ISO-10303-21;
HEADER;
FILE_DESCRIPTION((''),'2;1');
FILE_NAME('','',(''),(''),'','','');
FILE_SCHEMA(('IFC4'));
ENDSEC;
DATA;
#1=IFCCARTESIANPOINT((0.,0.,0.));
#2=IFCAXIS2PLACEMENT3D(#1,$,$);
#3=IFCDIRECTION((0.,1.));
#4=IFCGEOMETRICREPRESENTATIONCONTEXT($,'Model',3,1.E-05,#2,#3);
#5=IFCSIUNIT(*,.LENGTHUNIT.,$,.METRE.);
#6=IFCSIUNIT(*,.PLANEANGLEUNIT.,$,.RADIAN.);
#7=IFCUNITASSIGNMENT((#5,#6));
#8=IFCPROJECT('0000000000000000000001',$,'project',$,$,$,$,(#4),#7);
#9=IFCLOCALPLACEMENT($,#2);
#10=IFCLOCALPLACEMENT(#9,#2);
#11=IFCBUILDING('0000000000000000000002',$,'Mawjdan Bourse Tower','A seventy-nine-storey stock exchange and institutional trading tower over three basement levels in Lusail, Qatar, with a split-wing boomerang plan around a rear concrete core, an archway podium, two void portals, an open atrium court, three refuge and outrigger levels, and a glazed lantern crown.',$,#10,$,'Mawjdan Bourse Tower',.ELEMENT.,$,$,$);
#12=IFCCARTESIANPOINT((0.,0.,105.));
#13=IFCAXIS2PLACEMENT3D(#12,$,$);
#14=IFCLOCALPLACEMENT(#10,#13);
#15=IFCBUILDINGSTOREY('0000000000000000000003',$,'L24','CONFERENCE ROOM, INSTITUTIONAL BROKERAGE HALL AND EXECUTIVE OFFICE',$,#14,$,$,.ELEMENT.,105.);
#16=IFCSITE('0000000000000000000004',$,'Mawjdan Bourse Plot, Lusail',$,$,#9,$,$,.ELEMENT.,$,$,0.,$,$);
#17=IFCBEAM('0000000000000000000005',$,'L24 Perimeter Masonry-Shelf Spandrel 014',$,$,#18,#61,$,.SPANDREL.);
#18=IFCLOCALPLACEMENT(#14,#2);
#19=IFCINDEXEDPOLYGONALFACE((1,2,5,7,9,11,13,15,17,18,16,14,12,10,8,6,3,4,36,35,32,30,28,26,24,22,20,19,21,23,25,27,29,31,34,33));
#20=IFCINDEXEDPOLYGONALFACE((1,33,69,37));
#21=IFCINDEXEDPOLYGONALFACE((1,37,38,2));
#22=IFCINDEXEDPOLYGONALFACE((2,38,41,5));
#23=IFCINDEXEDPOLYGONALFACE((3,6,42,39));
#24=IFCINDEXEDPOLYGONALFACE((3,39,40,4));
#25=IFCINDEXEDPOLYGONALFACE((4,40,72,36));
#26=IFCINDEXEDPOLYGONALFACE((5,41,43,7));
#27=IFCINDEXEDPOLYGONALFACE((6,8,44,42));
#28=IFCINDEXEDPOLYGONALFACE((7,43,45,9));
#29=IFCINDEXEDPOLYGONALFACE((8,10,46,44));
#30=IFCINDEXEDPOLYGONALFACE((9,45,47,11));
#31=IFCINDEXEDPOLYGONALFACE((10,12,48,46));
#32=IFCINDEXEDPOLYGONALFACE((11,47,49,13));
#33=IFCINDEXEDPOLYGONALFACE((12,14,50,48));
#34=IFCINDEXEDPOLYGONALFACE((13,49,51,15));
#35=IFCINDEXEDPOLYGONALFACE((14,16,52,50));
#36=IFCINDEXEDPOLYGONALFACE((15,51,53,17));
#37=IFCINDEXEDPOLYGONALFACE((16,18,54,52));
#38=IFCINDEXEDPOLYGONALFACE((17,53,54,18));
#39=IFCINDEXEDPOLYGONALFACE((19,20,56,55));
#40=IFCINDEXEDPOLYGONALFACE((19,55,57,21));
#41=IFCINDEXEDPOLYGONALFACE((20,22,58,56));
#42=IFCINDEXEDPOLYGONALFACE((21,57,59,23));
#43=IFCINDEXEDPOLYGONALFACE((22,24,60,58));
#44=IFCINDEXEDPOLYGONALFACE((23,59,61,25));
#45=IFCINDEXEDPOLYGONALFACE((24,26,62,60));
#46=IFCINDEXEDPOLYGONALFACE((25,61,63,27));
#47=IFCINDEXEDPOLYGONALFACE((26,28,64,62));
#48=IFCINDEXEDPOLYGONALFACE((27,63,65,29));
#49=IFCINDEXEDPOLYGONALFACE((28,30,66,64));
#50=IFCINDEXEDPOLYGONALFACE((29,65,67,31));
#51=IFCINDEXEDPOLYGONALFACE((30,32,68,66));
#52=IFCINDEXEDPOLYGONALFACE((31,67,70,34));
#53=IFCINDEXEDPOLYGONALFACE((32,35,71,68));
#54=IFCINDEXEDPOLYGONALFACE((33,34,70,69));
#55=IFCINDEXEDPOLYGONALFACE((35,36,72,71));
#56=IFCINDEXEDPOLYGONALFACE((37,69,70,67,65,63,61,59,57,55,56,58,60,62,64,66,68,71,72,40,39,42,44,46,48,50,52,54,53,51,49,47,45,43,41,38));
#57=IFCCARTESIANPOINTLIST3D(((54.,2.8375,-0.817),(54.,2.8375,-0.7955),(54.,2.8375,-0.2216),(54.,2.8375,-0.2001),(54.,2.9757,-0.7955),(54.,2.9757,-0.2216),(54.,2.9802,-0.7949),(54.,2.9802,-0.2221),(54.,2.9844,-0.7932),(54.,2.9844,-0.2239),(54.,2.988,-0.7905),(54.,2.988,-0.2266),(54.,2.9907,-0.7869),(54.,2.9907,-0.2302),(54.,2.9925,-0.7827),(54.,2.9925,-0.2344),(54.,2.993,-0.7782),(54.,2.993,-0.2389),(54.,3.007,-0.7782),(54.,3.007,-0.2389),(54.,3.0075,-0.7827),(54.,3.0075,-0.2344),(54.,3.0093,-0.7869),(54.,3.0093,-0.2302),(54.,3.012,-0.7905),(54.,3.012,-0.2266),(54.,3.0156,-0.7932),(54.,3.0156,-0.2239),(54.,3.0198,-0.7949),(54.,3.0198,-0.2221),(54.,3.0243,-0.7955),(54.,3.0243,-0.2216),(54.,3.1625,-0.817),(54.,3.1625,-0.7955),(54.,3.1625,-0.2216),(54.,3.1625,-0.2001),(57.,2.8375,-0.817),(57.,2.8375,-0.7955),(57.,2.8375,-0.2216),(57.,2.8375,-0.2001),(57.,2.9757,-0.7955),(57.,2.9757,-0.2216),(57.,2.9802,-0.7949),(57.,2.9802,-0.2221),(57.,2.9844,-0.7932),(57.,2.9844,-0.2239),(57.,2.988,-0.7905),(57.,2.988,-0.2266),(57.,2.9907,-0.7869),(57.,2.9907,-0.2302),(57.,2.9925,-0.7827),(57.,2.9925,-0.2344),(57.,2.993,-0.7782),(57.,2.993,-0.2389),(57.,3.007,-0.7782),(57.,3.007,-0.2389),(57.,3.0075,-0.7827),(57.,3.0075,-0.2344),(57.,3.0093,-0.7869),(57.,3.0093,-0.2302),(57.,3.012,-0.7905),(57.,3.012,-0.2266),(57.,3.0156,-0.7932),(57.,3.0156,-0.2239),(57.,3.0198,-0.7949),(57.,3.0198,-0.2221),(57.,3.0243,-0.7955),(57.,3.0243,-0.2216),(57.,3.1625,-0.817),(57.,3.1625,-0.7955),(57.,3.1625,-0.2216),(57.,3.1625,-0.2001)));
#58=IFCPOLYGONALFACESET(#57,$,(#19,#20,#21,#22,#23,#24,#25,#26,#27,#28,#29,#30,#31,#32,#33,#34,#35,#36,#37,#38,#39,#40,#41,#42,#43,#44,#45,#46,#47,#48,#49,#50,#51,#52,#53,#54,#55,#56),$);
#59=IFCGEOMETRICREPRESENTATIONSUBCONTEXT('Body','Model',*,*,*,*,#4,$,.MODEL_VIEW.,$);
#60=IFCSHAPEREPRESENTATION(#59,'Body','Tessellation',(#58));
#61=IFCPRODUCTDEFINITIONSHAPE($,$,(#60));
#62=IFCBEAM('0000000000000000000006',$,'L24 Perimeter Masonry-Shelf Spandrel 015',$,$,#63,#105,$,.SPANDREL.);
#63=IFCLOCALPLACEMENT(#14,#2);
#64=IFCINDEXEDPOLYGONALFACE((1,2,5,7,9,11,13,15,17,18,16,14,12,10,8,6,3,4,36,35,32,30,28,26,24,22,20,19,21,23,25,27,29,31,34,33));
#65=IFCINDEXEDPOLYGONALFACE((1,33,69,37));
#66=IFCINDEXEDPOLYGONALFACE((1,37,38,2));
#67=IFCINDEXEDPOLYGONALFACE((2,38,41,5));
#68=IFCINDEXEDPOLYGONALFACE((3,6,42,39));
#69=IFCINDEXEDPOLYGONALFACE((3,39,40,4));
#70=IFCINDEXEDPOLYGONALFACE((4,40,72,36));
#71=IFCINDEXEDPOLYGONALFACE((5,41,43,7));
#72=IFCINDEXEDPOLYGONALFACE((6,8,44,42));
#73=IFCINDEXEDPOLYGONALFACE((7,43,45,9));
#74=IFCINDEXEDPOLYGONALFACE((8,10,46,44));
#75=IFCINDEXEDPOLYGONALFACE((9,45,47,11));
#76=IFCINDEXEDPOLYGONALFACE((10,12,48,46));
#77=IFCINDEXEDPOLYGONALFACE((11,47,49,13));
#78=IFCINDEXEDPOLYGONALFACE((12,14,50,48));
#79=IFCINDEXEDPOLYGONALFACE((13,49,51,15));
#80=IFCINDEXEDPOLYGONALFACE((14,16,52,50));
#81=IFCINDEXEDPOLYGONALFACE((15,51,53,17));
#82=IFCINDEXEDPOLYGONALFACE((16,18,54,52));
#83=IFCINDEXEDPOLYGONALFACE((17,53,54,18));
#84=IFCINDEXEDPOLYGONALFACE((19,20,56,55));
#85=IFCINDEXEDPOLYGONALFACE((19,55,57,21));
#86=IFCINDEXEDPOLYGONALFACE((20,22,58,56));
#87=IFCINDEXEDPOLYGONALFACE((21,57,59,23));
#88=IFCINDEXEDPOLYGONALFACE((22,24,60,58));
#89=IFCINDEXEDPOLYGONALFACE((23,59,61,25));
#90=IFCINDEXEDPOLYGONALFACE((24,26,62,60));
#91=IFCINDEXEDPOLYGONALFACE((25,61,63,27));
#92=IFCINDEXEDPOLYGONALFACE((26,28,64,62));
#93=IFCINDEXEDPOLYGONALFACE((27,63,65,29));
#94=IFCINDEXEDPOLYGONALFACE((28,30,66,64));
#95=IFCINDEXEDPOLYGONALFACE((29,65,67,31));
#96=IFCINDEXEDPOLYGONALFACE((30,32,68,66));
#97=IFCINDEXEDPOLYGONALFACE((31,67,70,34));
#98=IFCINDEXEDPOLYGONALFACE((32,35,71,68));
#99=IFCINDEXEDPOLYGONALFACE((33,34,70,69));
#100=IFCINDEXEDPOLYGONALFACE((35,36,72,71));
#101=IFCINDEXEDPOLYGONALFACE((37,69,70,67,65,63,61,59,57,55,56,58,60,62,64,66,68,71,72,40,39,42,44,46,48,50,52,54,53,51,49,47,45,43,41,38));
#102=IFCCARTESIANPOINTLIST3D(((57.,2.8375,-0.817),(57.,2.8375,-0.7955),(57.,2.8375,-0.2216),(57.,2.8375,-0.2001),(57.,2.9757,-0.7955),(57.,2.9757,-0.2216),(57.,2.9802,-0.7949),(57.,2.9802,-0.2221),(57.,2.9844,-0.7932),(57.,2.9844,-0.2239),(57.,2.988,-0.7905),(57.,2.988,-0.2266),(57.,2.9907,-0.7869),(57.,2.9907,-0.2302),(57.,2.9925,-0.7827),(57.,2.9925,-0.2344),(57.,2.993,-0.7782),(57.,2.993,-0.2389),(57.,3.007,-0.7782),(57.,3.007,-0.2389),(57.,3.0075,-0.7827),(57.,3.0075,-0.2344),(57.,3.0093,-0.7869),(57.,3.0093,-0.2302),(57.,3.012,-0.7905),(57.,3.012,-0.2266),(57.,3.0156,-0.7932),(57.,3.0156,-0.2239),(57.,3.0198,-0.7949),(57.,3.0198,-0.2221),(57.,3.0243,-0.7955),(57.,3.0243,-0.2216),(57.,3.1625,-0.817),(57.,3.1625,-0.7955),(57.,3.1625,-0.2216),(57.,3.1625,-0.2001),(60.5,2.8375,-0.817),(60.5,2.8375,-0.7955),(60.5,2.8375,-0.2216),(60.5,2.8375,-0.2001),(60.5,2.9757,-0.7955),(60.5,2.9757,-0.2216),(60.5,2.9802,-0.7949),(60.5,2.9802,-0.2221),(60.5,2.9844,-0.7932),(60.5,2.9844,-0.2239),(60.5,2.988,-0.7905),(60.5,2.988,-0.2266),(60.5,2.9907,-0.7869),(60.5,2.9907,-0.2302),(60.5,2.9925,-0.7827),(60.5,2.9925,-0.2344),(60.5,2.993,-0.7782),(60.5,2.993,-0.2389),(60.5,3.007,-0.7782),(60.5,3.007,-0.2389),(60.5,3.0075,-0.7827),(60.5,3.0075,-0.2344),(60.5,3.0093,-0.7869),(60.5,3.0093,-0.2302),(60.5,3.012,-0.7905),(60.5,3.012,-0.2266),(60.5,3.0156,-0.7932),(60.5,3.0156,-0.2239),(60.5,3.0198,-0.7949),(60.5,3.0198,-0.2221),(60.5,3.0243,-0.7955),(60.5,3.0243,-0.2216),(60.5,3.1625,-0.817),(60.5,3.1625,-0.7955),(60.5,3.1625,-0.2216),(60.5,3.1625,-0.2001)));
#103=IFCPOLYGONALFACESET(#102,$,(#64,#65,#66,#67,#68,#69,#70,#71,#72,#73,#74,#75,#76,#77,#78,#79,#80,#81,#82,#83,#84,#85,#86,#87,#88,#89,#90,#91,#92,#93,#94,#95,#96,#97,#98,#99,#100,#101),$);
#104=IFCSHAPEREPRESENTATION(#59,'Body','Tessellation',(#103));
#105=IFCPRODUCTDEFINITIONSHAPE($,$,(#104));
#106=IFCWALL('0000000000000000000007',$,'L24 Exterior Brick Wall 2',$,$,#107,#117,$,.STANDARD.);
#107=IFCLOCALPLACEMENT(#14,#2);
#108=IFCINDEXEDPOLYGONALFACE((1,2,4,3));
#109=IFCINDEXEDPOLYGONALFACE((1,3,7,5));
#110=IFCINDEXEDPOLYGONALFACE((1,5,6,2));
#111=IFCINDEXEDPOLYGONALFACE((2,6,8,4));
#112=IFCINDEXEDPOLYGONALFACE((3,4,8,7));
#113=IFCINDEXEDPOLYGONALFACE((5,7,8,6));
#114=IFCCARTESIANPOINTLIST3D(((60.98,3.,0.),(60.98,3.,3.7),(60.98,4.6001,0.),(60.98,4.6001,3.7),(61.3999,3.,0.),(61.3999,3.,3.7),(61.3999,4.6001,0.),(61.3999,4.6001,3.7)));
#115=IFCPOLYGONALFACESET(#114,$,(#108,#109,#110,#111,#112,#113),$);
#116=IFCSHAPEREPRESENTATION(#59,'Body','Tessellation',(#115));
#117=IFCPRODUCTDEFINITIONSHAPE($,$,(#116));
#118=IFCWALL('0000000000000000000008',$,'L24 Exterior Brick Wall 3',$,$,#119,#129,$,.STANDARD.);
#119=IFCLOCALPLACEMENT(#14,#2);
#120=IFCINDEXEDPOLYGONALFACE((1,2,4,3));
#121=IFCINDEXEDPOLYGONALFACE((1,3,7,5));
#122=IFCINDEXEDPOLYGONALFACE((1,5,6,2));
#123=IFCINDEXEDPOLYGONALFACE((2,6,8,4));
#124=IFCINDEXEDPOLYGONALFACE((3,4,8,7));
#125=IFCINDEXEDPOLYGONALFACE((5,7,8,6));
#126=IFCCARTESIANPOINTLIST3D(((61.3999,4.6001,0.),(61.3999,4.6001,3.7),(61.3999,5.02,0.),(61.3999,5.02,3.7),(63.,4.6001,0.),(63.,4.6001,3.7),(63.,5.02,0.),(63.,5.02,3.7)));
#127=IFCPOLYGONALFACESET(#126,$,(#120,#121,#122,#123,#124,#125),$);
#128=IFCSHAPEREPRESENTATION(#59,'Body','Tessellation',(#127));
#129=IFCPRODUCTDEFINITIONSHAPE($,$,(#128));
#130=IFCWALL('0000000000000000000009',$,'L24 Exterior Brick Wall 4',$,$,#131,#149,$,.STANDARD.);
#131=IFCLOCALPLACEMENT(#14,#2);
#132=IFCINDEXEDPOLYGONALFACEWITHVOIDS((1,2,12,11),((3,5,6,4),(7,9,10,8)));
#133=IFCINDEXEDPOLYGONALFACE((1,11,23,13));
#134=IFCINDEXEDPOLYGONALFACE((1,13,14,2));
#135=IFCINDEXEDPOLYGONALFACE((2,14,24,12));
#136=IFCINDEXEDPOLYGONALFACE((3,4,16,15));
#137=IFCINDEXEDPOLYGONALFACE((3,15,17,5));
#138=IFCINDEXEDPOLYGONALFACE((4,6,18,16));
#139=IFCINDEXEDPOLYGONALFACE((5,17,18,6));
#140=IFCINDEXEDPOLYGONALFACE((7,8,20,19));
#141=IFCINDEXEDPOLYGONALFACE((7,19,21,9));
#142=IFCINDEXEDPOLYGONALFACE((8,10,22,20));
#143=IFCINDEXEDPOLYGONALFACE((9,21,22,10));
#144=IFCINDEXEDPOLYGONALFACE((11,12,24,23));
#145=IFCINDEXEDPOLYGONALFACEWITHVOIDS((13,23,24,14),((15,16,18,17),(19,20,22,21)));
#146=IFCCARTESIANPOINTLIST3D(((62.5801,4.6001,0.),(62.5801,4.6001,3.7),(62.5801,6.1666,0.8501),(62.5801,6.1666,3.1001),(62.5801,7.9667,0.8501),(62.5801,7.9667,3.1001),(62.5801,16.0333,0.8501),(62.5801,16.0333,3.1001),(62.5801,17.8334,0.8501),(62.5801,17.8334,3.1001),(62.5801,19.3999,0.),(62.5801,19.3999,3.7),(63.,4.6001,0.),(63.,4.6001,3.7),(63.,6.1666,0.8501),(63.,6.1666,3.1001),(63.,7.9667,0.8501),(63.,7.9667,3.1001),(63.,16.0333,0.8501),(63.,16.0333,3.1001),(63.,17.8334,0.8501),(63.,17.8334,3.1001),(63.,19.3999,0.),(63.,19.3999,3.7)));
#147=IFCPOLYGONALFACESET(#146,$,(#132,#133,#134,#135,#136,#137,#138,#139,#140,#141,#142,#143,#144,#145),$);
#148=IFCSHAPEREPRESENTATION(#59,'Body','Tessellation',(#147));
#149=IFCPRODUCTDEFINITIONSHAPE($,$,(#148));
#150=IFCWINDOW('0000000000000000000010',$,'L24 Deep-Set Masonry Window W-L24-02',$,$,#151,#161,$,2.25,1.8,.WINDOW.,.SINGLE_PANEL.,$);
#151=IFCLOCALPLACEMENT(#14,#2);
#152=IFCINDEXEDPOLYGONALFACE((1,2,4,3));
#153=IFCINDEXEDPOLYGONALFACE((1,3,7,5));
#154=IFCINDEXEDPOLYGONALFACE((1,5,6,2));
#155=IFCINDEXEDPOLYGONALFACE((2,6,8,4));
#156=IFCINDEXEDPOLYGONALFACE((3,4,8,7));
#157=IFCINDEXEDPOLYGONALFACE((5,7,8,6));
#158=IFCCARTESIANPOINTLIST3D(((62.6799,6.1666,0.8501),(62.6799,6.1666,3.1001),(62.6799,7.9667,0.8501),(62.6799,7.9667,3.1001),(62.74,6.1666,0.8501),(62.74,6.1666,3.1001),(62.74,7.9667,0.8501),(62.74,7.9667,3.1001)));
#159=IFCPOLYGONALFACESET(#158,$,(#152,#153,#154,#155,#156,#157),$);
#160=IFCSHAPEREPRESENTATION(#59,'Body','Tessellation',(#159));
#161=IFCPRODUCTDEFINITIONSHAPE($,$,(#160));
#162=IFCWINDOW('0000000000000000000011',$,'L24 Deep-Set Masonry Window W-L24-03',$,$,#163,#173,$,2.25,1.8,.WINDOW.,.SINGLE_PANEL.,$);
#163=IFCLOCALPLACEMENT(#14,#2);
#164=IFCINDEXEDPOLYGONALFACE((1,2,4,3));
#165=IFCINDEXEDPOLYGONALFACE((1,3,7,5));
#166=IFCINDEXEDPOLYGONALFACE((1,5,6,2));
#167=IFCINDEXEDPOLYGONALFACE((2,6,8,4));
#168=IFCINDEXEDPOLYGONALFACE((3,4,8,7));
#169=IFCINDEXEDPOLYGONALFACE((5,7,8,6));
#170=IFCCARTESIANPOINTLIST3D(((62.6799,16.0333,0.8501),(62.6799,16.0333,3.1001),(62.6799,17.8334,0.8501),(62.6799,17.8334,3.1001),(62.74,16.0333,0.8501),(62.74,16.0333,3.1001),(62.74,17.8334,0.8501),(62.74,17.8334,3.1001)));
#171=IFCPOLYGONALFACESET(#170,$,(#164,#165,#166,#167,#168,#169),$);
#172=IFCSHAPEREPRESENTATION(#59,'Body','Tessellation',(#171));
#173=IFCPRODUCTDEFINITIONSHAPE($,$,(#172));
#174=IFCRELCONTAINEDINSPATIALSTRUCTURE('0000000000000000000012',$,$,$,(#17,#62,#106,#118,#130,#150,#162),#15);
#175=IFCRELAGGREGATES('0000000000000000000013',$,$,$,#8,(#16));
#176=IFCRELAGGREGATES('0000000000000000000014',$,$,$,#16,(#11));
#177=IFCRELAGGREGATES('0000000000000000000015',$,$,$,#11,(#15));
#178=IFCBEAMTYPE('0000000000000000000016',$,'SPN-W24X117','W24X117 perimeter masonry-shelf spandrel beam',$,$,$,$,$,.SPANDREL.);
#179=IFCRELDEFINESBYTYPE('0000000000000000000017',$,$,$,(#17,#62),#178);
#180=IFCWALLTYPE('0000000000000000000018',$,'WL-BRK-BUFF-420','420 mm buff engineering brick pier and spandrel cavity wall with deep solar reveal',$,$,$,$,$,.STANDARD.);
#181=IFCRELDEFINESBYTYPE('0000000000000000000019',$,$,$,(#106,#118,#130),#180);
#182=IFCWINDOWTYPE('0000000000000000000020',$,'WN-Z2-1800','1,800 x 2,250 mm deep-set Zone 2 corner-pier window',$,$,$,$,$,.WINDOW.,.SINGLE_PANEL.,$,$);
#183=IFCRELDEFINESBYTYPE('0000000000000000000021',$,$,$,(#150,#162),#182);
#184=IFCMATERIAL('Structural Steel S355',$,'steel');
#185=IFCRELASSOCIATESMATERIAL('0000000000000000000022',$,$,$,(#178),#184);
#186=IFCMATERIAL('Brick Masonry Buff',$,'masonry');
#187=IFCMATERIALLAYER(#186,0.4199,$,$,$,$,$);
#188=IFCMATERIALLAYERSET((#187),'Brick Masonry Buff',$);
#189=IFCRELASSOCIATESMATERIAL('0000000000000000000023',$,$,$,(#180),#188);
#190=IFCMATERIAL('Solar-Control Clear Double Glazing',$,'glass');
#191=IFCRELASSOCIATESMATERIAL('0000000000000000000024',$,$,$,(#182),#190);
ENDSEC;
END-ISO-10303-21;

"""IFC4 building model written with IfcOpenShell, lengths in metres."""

from ifc_helpers import new_model, si_unit, direction, frame, frame_2d, origin, origin_2d, place, context, subcontext, project, spatial, rectangle, i_section, extrude, material, layer, layer_set, material_profile, profile_set, type_object, element, fill, save


model = new_model("IFC4")

# Units and contexts
model_context = context("Model", 3, precision=1e-05, world=origin(), true_north=direction((0.0, 1.0)))
body_context = subcontext(model_context, "Body", "Model", "MODEL_VIEW")
ifc_project = project(units=[si_unit("LENGTHUNIT", "METRE"), si_unit("PLANEANGLEUNIT", "RADIAN")], contexts=[model_context])

# Site, building, storey
site_placement = place(None, origin())
site = spatial("IfcSite", under=ifc_project, at=site_placement, Name="Mawjdan Bourse Plot, Lusail", CompositionType="ELEMENT", RefElevation=0.0)
building_placement = place(site_placement, origin())
building = spatial("IfcBuilding", under=site, at=building_placement, Name="Mawjdan Bourse Tower", Description="A seventy-nine-storey stock exchange and institutional trading tower over three basement levels in Lusail, Qatar, with a split-wing boomerang plan around a rear concrete core, an archway podium, two void portals, an open atrium court, three refuge and outrigger levels, and a glazed lantern crown.", LongName="Mawjdan Bourse Tower", CompositionType="ELEMENT")
storey_placement = place(building_placement, frame((0.0, 0.0, 105.0)))
storey = spatial("IfcBuildingStorey", under=building, at=storey_placement, Name="L24", Description="CONFERENCE ROOM, INSTITUTIONAL BROKERAGE HALL AND EXECUTIVE OFFICE", CompositionType="ELEMENT", Elevation=105.0)

# Beams
ifc_material_1 = material(Name="Structural Steel S355", Category="steel")
ifc_material_profile_1 = material_profile(ifc_material_1, i_section(OverallWidth=0.325, OverallDepth=0.6169, WebThickness=0.0139, FlangeThickness=0.0215, FilletRadius=0.0173, at=origin_2d()), Name="W24X117")
ifc_profile_set_1 = profile_set([ifc_material_profile_1], Name="Structural Steel S355")
beam_type_1 = type_object("IfcBeamType", Name="SPN-W24X117", Description="W24X117 perimeter masonry-shelf spandrel beam", PredefinedType="SPANDREL", material=ifc_profile_set_1)
for number, where, z_axis, x_axis, name in (
    (1, (54.0, 3.0, -0.5085), (1.0, 0.0, 0.0), (0.0, 1.0, 0.0), "L24 Perimeter Masonry-Shelf Spandrel 014"),
):
    element("IfcBeam", number, at=place(storey_placement, frame(where, z_axis=z_axis, x_axis=x_axis)), inside=storey, type_object=beam_type_1, Name=name, PredefinedType="SPANDREL", context=body_context, shape_type="SweptSolid", body=[
        extrude(i_section(OverallWidth=0.325, OverallDepth=0.6169, WebThickness=0.0139, FlangeThickness=0.0215, FilletRadius=0.0173, at=origin_2d()), origin(), (0.0, 0.0, 1.0), 3.0),
    ])
beam_1_placement = place(storey_placement, frame((57.0, 3.0, -0.5085), z_axis=(1.0, 0.0, 0.0), x_axis=(0.0, 1.0, 0.0)))
element("IfcBeam", 2, at=beam_1_placement, inside=storey, type_object=beam_type_1, Name="L24 Perimeter Masonry-Shelf Spandrel 015", PredefinedType="SPANDREL", context=body_context, shape_type="SweptSolid", body=[
    extrude(i_section(OverallWidth=0.325, OverallDepth=0.6169, WebThickness=0.0139, FlangeThickness=0.0215, FilletRadius=0.0173, at=origin_2d()), origin(), (0.0, 0.0, 1.0), 3.5),
])

# Walls
ifc_material_2 = material(Name="Brick Masonry Buff", Category="masonry")
ifc_layer_1 = layer(ifc_material_2, 0.4199)
ifc_layer_set_1 = layer_set([ifc_layer_1], Name="Brick Masonry Buff")
wall_type_1 = type_object("IfcWallType", Name="WL-BRK-BUFF-420", Description="420 mm buff engineering brick pier and spandrel cavity wall with deep solar reveal", PredefinedType="STANDARD", material=ifc_layer_set_1)
for number, where, z_axis, x_axis, name in (
    (3, (61.1899, 3.0, 0.0), (0.0, 0.0, 1.0), (0.0, 1.0, 0.0), "L24 Exterior Brick Wall 2"),
    (4, (61.3999, 4.8101, 0.0), (0.0, 0.0, 1.0), (1.0, 0.0, 0.0), "L24 Exterior Brick Wall 3"),
):
    element("IfcWall", number, at=place(storey_placement, frame(where, z_axis=z_axis, x_axis=x_axis)), inside=storey, type_object=wall_type_1, Name=name, PredefinedType="STANDARD", context=body_context, shape_type="SweptSolid", body=[
        extrude(rectangle(XDim=1.6001, YDim=0.4199, at=frame_2d((0.8, 0.0))), origin(), (0.0, 0.0, 1.0), 3.7),
    ])

# Wall, openings, windows
wall_1_placement = place(storey_placement, frame((62.79, 4.6001, 0.0), z_axis=(0.0, 0.0, 1.0), x_axis=(0.0, 1.0, 0.0)))
wall_1 = element("IfcWall", 5, at=wall_1_placement, inside=storey, type_object=wall_type_1, Name="L24 Exterior Brick Wall 4", PredefinedType="STANDARD", context=body_context, shape_type="SweptSolid", body=[
    extrude(rectangle(XDim=14.7998, YDim=0.4199, at=frame_2d((7.3999, 0.0))), origin(), (0.0, 0.0, 1.0), 3.7),
])
opening_1_placement = place(wall_1_placement, frame((1.5667, 0.0, 0.8501)))
opening_1 = element("IfcOpeningElement", 6, at=opening_1_placement, cuts=wall_1, PredefinedType="OPENING", context=body_context, shape_type="SweptSolid", body=[
    extrude(rectangle(XDim=1.8, YDim=2.25, at=frame_2d((0.8999, 1.125))), frame((0.0, 0.22, 0.0), z_axis=(0.0, -1.0, 0.0), x_axis=(1.0, 0.0, 0.0)), (0.0, 0.0, 1.0), 0.4399),
])
opening_2_placement = place(wall_1_placement, frame((11.4333, 0.0, 0.8501)))
opening_2 = element("IfcOpeningElement", 7, at=opening_2_placement, cuts=wall_1, PredefinedType="OPENING", context=body_context, shape_type="SweptSolid", body=[
    extrude(rectangle(XDim=1.8, YDim=2.25, at=frame_2d((0.8999, 1.125))), frame((0.0, 0.22, 0.0), z_axis=(0.0, -1.0, 0.0), x_axis=(1.0, 0.0, 0.0)), (0.0, 0.0, 1.0), 0.4399),
])
ifc_material_3 = material(Name="Solar-Control Clear Double Glazing", Category="glass")
window_type = type_object("IfcWindowType", Name="WN-Z2-1800", Description="1,800 x 2,250 mm deep-set Zone 2 corner-pier window", PartitioningType="SINGLE_PANEL", PredefinedType="WINDOW", material=ifc_material_3)
window_1_placement = place(opening_1_placement, origin())
window_1 = element("IfcWindow", 8, at=window_1_placement, inside=storey, type_object=window_type, Name="L24 Deep-Set Masonry Window W-L24-02", OverallHeight=2.25, OverallWidth=1.8, PartitioningType="SINGLE_PANEL", PredefinedType="WINDOW", context=body_context, shape_type="SweptSolid", body=[
    extrude(rectangle(XDim=1.8, YDim=2.25, at=frame_2d((0.8999, 1.125))), frame((0.0, 0.1101, 0.0), z_axis=(0.0, -1.0, 0.0), x_axis=(1.0, 0.0, 0.0)), (0.0, 0.0, 1.0), 0.0601),
])
fill(opening_1, window_1)
window_2_placement = place(opening_2_placement, origin())
window_2 = element("IfcWindow", 9, at=window_2_placement, inside=storey, type_object=window_type, Name="L24 Deep-Set Masonry Window W-L24-03", OverallHeight=2.25, OverallWidth=1.8, PartitioningType="SINGLE_PANEL", PredefinedType="WINDOW", context=body_context, shape_type="SweptSolid", body=[
    extrude(rectangle(XDim=1.8, YDim=2.25, at=frame_2d((0.8999, 1.125))), frame((0.0, 0.1101, 0.0), z_axis=(0.0, -1.0, 0.0), x_axis=(1.0, 0.0, 0.0)), (0.0, 0.0, 1.0), 0.0601),
])
fill(opening_2, window_2)

save(model, "model.ifc")
